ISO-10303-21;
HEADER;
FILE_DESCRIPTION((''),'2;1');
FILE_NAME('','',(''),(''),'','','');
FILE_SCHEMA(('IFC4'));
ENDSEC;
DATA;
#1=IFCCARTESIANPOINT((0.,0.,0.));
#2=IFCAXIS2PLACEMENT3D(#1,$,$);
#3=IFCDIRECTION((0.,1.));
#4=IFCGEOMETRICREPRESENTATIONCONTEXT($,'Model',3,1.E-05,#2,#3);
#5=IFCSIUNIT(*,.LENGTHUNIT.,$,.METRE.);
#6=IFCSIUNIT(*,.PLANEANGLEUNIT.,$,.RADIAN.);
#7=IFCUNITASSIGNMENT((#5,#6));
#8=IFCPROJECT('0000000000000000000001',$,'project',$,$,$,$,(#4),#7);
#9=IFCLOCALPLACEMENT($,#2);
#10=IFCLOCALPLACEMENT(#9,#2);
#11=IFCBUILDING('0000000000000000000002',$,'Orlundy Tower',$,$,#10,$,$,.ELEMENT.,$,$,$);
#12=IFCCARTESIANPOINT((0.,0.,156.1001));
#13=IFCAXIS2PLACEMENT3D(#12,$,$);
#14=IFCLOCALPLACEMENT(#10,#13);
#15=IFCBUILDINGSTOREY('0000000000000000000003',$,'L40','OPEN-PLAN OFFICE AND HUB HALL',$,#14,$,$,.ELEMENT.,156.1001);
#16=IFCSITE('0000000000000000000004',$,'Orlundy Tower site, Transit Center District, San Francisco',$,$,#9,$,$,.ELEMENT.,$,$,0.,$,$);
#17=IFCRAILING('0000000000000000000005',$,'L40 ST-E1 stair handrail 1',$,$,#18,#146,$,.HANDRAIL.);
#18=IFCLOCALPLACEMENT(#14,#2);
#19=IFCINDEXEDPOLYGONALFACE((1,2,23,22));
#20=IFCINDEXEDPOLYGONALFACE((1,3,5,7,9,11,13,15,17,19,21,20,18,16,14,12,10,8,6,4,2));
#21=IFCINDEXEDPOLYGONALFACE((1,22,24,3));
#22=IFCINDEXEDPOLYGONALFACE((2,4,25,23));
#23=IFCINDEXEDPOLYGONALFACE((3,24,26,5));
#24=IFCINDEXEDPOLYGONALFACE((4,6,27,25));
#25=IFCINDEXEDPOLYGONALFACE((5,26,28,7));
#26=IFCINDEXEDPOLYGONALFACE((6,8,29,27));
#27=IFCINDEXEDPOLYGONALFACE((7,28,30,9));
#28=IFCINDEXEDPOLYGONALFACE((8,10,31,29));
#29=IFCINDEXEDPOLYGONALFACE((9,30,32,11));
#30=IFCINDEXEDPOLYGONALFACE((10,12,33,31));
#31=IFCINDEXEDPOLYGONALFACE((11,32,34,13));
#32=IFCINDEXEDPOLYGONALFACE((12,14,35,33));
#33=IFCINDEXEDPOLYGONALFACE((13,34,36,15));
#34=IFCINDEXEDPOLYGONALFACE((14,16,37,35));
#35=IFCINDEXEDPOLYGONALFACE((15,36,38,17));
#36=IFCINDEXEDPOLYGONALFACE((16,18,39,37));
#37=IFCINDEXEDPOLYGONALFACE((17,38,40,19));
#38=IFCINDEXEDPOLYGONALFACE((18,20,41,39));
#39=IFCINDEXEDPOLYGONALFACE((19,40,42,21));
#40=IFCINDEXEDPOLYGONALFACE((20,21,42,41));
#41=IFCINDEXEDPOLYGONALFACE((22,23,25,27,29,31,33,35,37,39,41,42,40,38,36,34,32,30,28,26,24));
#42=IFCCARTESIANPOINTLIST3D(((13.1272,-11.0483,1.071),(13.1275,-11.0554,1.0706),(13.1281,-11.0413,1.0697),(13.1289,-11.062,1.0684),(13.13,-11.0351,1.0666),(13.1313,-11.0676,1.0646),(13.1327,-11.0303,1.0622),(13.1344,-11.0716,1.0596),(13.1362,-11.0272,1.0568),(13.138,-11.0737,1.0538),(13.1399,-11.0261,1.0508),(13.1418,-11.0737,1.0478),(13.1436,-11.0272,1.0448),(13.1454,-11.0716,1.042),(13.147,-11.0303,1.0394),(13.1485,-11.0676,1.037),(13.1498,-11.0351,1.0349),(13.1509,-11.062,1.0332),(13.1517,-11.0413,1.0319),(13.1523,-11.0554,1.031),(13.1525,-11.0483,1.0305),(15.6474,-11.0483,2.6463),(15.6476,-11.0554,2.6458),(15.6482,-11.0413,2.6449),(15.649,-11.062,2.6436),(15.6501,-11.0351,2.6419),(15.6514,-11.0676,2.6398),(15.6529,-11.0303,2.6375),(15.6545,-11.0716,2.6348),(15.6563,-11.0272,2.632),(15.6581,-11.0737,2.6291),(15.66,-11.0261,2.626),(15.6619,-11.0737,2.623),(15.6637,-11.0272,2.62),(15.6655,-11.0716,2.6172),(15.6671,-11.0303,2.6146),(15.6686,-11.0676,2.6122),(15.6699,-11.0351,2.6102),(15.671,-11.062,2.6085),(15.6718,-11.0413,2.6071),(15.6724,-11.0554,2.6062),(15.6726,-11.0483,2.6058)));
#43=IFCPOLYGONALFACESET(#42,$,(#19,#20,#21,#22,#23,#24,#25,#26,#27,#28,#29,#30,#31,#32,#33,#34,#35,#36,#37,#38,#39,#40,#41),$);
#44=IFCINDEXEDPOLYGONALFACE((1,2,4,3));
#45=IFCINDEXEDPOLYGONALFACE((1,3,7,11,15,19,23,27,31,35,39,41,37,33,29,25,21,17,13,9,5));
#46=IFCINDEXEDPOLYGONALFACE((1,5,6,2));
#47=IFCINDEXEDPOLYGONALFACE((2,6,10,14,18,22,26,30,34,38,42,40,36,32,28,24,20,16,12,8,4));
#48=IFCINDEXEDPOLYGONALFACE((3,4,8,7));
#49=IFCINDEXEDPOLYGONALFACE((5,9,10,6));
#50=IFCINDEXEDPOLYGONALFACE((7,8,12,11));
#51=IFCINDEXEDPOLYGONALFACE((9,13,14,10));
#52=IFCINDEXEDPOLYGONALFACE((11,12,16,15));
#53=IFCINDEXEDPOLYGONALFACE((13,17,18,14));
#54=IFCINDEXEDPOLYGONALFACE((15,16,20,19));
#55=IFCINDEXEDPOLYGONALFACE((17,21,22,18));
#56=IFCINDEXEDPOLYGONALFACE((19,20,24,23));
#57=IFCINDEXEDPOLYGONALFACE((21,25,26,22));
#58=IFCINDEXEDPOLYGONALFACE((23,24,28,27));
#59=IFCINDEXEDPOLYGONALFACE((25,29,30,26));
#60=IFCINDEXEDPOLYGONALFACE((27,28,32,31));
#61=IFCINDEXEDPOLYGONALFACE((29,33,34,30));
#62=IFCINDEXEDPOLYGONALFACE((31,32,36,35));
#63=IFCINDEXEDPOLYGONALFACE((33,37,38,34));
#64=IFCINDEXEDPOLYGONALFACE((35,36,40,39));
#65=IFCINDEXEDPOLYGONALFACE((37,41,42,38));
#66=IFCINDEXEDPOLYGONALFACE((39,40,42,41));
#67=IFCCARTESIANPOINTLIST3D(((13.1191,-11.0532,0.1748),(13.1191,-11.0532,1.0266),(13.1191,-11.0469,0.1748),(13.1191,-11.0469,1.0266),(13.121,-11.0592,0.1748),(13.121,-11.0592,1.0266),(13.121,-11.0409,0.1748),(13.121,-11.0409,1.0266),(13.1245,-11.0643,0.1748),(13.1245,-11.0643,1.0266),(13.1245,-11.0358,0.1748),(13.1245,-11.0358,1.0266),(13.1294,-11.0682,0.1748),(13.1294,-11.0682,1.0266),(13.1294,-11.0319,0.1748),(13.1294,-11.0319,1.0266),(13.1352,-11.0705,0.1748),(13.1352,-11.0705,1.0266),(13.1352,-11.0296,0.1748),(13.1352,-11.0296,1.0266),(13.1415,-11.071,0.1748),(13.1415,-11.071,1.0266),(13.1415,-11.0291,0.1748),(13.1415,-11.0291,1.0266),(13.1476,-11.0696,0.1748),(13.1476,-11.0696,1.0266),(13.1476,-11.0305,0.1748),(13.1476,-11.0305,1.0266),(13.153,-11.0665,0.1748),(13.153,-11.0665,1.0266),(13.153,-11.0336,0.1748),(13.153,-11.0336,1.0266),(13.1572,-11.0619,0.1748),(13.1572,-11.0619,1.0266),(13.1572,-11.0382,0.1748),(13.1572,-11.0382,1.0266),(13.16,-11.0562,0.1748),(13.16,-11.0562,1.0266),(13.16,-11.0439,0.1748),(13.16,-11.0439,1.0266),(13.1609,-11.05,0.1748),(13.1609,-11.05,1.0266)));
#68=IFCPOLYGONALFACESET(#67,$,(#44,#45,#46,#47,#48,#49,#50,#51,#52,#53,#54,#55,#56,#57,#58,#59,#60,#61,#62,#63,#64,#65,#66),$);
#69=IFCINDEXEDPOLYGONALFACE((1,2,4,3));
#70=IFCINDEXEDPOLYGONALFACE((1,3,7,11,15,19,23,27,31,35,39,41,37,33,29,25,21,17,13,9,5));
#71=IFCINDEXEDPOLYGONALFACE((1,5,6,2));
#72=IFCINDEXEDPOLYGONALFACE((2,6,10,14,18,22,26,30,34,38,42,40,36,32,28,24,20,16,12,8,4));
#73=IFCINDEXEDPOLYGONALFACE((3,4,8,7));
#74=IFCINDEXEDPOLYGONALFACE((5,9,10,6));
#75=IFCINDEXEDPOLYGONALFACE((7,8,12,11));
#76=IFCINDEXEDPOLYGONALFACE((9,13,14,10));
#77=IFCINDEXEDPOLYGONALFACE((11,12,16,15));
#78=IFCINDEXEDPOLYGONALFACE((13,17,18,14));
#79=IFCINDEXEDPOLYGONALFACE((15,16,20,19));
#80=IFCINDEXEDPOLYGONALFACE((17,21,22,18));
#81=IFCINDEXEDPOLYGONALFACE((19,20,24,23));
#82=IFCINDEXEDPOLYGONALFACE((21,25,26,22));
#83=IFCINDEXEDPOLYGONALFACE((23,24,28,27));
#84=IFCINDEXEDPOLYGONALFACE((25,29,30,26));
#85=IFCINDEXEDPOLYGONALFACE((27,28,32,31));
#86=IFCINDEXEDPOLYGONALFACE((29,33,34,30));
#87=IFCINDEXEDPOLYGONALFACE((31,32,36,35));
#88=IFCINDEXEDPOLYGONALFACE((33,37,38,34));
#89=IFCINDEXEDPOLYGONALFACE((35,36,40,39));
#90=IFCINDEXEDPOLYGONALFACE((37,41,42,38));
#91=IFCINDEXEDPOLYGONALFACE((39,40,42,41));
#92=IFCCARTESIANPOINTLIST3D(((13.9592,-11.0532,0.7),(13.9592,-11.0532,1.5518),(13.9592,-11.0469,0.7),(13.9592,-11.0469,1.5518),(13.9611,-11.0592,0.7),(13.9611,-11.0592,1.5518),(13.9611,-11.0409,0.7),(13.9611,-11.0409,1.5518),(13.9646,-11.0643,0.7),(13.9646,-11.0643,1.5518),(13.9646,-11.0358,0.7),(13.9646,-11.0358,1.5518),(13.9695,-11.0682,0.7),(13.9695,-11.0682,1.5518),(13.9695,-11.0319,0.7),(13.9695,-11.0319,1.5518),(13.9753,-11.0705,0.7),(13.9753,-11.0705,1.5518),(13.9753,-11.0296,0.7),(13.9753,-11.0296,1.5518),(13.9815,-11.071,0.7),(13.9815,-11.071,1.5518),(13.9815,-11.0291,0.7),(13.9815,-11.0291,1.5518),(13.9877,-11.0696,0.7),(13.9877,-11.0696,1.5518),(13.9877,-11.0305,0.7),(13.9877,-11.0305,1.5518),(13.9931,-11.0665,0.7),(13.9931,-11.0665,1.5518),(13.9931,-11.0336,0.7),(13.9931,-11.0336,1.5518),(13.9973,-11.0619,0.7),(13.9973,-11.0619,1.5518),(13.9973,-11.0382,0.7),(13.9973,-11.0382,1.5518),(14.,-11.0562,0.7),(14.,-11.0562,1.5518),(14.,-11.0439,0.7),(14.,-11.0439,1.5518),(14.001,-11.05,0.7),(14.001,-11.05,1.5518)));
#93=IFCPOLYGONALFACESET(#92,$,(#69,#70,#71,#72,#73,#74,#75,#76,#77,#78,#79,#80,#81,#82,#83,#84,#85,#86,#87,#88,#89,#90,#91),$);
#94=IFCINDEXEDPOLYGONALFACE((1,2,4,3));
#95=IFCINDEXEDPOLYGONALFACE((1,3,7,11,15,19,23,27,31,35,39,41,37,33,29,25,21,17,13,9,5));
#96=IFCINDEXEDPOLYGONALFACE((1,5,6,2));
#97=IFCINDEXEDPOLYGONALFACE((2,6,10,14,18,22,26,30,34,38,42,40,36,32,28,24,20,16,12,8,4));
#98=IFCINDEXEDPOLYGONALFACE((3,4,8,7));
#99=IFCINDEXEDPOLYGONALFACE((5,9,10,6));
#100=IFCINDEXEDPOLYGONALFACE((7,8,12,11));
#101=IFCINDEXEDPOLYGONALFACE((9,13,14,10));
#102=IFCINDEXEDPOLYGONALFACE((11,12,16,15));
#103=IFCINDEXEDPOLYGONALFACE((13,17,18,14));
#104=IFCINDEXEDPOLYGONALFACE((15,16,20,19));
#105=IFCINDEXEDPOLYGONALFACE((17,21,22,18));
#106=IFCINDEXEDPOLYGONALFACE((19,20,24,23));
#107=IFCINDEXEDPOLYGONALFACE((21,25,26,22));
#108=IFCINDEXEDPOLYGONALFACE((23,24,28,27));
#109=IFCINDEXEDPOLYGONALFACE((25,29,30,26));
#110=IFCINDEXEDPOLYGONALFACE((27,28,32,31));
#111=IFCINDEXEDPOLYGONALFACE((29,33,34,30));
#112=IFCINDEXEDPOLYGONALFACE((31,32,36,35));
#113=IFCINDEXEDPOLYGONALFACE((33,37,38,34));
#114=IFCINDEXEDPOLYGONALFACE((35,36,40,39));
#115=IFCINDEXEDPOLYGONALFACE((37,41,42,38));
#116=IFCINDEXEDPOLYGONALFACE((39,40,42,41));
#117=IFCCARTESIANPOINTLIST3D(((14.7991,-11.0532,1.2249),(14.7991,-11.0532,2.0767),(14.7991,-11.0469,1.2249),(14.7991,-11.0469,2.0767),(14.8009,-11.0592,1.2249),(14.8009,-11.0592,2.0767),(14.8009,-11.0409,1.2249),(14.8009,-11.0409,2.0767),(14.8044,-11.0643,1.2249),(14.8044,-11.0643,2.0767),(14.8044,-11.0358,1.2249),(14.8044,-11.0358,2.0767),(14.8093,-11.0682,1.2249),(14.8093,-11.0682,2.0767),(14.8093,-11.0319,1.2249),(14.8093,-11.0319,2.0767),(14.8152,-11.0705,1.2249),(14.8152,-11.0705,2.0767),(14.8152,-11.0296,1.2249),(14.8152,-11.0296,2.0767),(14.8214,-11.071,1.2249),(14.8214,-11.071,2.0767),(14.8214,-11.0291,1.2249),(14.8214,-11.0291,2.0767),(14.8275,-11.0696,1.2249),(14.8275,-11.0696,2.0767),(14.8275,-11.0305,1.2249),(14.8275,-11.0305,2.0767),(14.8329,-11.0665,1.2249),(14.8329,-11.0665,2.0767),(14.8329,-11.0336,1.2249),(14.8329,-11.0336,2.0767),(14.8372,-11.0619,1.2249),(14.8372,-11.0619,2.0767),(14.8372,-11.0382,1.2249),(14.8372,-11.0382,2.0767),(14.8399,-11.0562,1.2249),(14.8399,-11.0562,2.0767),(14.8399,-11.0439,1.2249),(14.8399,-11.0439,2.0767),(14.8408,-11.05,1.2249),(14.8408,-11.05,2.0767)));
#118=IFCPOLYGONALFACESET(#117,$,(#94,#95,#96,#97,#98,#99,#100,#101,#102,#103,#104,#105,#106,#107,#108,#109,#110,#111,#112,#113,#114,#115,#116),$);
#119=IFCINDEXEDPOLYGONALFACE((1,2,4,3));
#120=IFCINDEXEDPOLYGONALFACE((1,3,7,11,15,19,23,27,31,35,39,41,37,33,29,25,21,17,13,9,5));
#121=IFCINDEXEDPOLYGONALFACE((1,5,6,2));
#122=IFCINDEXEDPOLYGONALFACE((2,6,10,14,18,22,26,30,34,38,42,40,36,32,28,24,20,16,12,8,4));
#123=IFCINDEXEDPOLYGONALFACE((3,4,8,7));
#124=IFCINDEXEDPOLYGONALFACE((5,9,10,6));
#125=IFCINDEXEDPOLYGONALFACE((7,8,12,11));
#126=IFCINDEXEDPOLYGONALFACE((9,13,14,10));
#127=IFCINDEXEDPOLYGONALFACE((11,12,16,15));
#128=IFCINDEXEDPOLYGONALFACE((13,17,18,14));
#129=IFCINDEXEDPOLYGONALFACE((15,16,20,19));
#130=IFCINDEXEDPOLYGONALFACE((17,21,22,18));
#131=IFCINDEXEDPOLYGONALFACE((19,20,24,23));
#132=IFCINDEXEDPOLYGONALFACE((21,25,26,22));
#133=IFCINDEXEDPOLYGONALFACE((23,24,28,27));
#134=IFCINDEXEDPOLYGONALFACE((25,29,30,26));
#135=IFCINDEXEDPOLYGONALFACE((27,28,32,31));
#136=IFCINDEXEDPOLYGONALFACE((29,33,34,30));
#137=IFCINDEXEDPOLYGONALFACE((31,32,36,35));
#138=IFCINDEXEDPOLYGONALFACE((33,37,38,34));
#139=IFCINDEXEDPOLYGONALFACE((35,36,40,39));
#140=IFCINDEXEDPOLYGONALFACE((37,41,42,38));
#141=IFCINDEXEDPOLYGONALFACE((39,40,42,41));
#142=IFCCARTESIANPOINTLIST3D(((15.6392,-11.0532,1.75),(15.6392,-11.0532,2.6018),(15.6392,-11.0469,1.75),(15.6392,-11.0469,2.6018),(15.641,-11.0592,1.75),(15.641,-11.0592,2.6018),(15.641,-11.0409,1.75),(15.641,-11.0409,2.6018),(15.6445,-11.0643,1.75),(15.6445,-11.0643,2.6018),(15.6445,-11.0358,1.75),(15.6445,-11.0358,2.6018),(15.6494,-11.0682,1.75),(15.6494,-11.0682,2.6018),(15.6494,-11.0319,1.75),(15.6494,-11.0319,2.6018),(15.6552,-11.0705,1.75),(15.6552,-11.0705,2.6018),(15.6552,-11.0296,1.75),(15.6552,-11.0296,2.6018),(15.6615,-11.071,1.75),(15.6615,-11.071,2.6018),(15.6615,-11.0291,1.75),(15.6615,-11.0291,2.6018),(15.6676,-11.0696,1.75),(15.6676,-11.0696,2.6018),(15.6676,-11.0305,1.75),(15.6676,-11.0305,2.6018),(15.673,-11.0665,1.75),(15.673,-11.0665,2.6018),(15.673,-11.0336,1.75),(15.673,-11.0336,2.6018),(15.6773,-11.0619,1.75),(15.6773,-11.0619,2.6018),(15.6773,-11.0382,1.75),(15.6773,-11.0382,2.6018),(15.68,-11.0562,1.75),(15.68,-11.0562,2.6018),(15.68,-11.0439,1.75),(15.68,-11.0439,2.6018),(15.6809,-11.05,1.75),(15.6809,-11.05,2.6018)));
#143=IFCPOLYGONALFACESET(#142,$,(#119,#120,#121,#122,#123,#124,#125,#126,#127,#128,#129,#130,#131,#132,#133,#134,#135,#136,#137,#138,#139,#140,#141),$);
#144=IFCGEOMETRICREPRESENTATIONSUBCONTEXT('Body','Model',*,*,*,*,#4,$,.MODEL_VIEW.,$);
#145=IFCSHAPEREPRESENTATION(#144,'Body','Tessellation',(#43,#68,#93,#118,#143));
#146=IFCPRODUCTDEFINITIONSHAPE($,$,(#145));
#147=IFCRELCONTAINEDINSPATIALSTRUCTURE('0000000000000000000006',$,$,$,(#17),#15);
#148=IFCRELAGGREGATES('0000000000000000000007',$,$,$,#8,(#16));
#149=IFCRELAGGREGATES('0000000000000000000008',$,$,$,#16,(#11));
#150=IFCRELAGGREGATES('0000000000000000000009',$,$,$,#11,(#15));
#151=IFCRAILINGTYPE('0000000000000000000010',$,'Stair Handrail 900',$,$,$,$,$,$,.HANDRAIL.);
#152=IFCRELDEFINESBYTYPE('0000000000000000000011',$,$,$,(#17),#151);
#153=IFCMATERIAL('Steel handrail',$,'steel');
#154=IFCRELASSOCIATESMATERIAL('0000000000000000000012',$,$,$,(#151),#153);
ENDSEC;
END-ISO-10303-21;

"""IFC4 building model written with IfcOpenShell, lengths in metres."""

from ifc_helpers import new_model, si_unit, direction, frame, origin, origin_2d, place, context, subcontext, project, spatial, circle, extrude, material, type_object, element, save


model = new_model("IFC4")

# Units and contexts
model_context = context("Model", 3, precision=1e-05, world=origin(), true_north=direction((0.0, 1.0)))
body_context = subcontext(model_context, "Body", "Model", "MODEL_VIEW")
ifc_project = project(units=[si_unit("LENGTHUNIT", "METRE"), si_unit("PLANEANGLEUNIT", "RADIAN")], contexts=[model_context])

# Site, building, storey
site_placement = place(None, origin())
site = spatial("IfcSite", under=ifc_project, at=site_placement, Name="Orlundy Tower site, Transit Center District, San Francisco", CompositionType="ELEMENT", RefElevation=0.0)
building_placement = place(site_placement, origin())
building = spatial("IfcBuilding", under=site, at=building_placement, Name="Orlundy Tower", CompositionType="ELEMENT")
storey_placement = place(building_placement, frame((0.0, 0.0, 156.1001)))
storey = spatial("IfcBuildingStorey", under=building, at=storey_placement, Name="L40", Description="OPEN-PLAN OFFICE AND HUB HALL", CompositionType="ELEMENT", Elevation=156.1001)

# Railing
ifc_material_1 = material(Name="Steel handrail", Category="steel")
railing_type_1 = type_object("IfcRailingType", Name="Stair Handrail 900", PredefinedType="HANDRAIL", material=ifc_material_1)
railing_1_placement = place(storey_placement, frame((13.1399, -11.05, 0.1748)))
element("IfcRailing", 1, at=railing_1_placement, inside=storey, type_object=railing_type_1, Name="L40 ST-E1 stair handrail 1", PredefinedType="HANDRAIL", context=body_context, shape_type="SweptSolid", body=[
    extrude(circle(Radius=0.0239, at=origin_2d()), frame((0.0, 0.0, 0.876), z_axis=(0.847971, 0.0, 0.530043), x_axis=(0.0, 1.0, 0.0)), (0.0, 0.0, 1.0), 2.9719),
    extrude(circle(Radius=0.021, at=origin_2d()), origin(), (0.0, 0.0, 1.0), 0.8518),
    extrude(circle(Radius=0.021, at=origin_2d()), frame((0.8401, 0.0, 0.5251)), (0.0, 0.0, 1.0), 0.8518),
    extrude(circle(Radius=0.021, at=origin_2d()), frame((1.6799, 0.0, 1.05)), (0.0, 0.0, 1.0), 0.8518),
    extrude(circle(Radius=0.021, at=origin_2d()), frame((2.52, 0.0, 1.5752)), (0.0, 0.0, 1.0), 0.8518),
])

save(model, "model.ifc")
